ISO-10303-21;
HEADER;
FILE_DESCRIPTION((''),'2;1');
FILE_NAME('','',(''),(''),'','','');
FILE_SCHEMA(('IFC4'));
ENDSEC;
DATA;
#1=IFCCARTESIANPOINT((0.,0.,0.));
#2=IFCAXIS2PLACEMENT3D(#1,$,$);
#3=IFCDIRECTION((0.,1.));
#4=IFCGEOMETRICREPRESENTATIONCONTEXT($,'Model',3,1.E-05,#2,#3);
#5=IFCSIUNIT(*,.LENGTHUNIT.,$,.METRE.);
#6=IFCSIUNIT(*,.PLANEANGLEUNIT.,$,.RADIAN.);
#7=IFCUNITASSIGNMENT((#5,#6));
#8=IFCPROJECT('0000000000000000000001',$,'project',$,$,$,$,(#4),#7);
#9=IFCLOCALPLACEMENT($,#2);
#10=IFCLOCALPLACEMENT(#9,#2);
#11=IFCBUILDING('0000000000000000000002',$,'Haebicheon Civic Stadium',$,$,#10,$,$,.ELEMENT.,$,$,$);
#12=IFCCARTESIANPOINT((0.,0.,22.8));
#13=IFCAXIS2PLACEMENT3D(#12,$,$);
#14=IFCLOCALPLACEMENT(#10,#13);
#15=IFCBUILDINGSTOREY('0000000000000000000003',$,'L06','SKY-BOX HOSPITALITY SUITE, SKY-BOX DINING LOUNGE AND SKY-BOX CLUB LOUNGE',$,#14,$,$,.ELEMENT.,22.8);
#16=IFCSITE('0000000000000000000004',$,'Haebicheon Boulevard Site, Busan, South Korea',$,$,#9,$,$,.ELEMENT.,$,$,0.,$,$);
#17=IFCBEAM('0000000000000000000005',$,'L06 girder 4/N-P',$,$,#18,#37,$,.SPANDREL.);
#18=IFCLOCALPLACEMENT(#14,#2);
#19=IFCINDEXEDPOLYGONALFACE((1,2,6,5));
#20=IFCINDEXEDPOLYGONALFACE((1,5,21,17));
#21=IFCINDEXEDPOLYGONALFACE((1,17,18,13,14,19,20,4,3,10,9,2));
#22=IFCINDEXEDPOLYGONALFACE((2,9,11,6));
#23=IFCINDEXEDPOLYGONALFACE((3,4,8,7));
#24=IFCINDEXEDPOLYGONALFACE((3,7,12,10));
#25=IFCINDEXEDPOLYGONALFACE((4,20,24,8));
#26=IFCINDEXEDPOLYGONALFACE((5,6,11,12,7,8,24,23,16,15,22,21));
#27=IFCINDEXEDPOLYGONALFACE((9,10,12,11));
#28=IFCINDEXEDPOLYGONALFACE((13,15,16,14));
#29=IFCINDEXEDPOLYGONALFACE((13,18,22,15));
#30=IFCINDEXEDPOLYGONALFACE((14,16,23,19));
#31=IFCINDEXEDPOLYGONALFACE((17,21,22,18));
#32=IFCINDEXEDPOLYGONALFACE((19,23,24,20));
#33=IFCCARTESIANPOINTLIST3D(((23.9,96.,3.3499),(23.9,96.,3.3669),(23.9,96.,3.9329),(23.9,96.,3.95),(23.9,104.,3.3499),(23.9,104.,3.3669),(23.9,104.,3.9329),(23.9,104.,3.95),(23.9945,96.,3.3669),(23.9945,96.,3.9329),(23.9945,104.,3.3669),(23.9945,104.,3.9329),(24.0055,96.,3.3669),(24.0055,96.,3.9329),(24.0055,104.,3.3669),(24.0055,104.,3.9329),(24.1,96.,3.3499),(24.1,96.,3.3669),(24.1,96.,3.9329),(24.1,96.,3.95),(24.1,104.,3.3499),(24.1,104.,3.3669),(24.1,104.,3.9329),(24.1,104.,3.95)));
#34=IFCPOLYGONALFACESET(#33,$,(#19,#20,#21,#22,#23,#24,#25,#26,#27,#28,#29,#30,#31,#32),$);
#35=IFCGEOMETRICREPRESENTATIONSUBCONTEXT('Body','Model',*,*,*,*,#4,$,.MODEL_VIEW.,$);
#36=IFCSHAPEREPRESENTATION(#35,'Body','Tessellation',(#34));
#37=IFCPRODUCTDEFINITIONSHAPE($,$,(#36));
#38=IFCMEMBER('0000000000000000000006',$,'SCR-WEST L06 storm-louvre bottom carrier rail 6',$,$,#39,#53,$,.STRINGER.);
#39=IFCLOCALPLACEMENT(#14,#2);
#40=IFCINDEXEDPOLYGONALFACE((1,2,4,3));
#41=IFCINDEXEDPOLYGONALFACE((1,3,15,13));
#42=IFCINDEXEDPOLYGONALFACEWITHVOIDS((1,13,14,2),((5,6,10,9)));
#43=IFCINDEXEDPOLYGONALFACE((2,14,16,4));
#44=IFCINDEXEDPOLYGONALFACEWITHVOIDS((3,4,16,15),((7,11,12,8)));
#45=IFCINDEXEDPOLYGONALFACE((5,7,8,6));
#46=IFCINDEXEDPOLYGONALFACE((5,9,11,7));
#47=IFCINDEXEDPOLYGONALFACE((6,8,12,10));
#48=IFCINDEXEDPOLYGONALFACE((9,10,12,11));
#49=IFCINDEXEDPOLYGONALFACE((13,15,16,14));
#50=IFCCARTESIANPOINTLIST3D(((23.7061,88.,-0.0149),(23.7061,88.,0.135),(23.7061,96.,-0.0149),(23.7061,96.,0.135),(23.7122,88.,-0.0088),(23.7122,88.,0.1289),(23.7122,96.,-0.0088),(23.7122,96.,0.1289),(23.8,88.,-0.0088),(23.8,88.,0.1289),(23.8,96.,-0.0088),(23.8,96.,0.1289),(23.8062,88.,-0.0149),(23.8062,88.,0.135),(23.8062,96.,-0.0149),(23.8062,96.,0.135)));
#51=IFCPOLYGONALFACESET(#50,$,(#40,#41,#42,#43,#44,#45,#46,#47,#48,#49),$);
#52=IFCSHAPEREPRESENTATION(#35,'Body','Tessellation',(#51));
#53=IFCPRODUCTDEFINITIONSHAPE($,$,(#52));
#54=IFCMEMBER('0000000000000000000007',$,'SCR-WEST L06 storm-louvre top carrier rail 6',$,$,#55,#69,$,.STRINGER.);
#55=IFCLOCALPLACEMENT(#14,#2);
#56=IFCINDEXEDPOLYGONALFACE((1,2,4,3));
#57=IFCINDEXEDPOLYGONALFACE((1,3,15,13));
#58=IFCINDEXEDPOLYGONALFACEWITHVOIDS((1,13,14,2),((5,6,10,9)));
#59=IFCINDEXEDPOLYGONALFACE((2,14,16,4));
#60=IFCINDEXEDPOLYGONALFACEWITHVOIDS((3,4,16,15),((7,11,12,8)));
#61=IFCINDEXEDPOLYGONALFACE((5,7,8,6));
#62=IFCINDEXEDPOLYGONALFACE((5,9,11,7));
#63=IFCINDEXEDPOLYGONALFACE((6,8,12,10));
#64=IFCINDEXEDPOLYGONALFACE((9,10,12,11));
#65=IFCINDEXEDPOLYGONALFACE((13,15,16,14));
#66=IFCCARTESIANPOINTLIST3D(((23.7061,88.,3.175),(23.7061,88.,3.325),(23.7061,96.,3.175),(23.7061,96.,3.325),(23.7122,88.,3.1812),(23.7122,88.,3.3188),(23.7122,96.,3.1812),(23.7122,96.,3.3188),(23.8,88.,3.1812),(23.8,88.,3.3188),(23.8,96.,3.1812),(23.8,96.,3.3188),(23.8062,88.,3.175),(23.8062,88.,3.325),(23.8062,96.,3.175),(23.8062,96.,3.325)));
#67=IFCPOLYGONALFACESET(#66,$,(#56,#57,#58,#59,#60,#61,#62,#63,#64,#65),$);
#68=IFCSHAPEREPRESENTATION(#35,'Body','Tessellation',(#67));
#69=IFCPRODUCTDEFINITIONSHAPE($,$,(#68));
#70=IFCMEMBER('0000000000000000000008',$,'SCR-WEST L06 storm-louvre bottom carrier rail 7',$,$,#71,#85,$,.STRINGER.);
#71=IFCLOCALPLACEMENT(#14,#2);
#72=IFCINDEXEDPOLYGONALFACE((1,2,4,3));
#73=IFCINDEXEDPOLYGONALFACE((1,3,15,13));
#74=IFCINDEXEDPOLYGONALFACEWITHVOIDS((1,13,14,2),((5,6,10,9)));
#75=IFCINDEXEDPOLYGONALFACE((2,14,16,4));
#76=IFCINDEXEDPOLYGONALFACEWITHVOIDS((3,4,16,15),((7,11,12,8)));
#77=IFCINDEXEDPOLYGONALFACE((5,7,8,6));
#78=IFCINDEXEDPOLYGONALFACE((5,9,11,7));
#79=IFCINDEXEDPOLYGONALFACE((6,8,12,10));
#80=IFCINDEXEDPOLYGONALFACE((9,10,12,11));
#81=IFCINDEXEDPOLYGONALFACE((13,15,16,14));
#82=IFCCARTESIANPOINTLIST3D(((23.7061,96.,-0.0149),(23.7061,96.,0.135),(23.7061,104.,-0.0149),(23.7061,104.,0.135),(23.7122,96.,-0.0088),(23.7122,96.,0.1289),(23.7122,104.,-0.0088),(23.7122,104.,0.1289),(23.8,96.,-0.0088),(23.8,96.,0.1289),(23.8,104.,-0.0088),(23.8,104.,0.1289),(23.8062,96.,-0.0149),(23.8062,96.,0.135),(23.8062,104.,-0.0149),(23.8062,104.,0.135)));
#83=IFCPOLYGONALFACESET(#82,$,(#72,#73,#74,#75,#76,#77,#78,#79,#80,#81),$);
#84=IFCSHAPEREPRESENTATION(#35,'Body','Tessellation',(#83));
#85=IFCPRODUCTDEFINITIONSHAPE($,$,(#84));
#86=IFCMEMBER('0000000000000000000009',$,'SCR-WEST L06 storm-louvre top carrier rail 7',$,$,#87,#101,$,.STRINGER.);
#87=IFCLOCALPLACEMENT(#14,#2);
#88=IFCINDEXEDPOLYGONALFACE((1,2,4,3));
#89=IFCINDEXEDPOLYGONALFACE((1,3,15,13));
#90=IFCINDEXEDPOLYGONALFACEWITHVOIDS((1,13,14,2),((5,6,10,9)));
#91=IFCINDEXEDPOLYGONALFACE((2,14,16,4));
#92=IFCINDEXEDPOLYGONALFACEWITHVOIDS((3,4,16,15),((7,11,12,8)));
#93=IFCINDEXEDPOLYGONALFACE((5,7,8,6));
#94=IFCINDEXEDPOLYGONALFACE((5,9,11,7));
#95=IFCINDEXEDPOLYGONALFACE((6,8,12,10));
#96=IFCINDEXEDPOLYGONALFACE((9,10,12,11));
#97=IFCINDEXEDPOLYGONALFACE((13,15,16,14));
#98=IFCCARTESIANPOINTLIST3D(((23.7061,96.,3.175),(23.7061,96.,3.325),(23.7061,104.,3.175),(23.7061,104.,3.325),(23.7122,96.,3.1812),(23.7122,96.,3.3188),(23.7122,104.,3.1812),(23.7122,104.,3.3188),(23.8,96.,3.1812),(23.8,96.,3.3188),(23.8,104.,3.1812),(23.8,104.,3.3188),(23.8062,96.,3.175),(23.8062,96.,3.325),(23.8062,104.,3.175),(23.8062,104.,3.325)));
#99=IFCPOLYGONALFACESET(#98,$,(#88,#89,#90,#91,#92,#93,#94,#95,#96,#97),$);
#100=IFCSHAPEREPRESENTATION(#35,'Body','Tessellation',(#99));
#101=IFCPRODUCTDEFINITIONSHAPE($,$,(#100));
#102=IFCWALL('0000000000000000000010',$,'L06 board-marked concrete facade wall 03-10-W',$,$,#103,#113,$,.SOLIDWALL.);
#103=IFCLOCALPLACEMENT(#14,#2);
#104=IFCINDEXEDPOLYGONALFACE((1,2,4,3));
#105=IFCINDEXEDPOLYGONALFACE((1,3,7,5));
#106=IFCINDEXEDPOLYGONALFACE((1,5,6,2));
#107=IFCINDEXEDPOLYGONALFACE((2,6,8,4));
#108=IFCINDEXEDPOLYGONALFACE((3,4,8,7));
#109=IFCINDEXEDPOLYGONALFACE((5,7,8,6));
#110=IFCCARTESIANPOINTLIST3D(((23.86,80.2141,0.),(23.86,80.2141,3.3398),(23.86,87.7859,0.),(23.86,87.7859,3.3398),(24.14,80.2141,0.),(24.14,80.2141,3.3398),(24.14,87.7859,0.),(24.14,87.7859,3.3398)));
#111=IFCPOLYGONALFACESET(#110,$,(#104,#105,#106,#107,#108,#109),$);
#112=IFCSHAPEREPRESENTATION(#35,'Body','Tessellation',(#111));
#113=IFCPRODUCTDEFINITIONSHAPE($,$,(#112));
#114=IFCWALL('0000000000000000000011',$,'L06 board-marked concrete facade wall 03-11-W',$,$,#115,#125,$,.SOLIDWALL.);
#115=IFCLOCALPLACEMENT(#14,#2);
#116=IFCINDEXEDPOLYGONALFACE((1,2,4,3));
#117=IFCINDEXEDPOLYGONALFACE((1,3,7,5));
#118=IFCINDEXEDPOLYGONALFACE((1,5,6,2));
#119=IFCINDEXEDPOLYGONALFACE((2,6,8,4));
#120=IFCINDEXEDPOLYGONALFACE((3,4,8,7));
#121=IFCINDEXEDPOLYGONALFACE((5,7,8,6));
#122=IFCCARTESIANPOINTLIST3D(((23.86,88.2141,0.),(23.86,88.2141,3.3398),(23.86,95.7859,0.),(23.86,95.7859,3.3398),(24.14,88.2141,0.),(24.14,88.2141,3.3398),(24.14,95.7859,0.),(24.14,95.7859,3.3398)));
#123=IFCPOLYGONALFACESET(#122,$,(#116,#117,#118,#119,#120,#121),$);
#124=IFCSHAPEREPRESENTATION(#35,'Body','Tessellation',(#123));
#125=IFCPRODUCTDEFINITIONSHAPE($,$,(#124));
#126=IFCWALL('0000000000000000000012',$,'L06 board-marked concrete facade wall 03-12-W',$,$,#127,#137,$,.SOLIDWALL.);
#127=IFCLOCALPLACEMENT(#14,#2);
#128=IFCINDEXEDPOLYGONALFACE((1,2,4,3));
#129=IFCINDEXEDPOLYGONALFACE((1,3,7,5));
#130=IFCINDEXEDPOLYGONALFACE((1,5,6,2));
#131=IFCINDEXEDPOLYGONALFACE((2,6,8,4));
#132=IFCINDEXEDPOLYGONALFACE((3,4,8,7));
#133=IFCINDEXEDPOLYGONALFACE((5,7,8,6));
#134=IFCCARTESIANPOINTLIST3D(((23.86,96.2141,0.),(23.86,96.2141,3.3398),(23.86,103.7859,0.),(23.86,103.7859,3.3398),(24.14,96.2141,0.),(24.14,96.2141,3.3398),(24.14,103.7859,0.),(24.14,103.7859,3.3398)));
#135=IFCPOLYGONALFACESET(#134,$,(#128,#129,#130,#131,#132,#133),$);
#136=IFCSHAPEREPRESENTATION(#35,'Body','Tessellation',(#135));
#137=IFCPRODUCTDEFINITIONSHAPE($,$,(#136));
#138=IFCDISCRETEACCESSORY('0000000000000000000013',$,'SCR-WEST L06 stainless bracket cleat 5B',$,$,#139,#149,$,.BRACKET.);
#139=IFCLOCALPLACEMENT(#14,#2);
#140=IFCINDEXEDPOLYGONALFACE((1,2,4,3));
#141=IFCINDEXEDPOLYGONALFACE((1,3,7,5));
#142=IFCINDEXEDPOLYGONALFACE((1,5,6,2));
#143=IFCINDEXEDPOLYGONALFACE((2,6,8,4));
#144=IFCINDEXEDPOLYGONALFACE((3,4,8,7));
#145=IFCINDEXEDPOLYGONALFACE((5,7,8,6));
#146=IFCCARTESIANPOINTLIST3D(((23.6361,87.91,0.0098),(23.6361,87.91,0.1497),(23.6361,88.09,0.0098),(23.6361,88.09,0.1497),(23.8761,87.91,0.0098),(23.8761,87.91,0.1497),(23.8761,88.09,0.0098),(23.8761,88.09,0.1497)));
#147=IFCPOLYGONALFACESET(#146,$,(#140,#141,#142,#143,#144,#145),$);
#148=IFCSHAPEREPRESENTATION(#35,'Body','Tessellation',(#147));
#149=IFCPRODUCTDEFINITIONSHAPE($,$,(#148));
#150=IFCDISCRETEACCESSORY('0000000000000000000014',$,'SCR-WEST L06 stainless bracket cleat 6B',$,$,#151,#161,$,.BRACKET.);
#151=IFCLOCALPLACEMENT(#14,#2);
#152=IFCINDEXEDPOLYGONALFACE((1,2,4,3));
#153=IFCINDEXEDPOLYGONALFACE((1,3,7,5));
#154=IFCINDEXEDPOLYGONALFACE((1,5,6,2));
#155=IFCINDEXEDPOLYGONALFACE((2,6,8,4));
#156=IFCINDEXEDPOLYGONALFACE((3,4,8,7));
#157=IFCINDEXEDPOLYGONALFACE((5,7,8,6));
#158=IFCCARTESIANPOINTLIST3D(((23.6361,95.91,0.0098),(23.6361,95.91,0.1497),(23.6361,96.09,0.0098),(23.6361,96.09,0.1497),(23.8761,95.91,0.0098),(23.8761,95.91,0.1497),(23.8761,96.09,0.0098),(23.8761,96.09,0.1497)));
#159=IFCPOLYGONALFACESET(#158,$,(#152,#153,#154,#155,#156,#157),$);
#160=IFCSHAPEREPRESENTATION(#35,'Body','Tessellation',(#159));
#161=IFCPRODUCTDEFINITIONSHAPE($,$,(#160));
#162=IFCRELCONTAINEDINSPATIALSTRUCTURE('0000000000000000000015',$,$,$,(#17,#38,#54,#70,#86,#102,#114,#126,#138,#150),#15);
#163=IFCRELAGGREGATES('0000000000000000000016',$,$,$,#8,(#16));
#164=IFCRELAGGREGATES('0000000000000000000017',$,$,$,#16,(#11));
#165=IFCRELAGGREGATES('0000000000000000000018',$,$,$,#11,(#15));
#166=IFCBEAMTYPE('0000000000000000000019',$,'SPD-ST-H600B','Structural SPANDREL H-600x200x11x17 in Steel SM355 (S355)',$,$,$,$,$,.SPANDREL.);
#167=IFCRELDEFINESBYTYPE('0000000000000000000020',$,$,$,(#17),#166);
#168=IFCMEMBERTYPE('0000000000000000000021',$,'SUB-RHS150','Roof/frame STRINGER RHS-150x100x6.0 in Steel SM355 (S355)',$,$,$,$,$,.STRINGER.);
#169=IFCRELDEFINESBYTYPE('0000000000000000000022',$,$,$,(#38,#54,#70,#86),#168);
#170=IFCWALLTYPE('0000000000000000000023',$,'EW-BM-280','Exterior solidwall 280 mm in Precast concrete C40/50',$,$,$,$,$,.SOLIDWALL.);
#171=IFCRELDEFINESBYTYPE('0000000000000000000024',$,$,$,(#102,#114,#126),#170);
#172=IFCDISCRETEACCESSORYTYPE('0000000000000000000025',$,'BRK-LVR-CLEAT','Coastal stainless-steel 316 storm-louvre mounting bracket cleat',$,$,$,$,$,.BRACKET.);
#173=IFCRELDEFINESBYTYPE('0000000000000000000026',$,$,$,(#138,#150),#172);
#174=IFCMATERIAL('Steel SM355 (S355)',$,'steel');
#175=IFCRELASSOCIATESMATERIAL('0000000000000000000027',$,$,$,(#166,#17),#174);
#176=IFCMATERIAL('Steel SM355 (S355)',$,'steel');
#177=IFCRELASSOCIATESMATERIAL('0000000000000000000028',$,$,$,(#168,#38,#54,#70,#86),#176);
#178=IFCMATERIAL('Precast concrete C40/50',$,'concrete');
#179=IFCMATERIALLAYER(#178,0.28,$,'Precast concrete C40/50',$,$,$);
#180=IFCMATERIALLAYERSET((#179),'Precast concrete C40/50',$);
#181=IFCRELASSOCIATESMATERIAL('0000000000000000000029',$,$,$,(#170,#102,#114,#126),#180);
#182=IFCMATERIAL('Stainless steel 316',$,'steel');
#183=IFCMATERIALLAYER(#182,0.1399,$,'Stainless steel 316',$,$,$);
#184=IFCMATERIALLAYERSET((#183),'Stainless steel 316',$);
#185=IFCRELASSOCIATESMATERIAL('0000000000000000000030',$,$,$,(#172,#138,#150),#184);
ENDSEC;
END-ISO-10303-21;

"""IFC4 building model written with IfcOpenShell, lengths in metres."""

from ifc_helpers import new_model, si_unit, direction, frame, frame_2d, origin, origin_2d, place, context, subcontext, project, spatial, rectangle, hollow_rectangle, i_section, extrude, material, layer, layer_set, material_profile, profile_set, type_object, element, save


model = new_model("IFC4")

# Units and contexts
model_context = context("Model", 3, precision=1e-05, world=origin(), true_north=direction((0.0, 1.0)))
body_context = subcontext(model_context, "Body", "Model", "MODEL_VIEW")
ifc_project = project(units=[si_unit("LENGTHUNIT", "METRE"), si_unit("PLANEANGLEUNIT", "RADIAN")], contexts=[model_context])

# Site, building, storey
site_placement = place(None, origin())
site = spatial("IfcSite", under=ifc_project, at=site_placement, Name="Haebicheon Boulevard Site, Busan, South Korea", CompositionType="ELEMENT", RefElevation=0.0)
building_placement = place(site_placement, origin())
building = spatial("IfcBuilding", under=site, at=building_placement, Name="Haebicheon Civic Stadium", CompositionType="ELEMENT")
storey_placement = place(building_placement, frame((0.0, 0.0, 22.8)))
storey = spatial("IfcBuildingStorey", under=building, at=storey_placement, Name="L06", Description="SKY-BOX HOSPITALITY SUITE, SKY-BOX DINING LOUNGE AND SKY-BOX CLUB LOUNGE", CompositionType="ELEMENT", Elevation=22.8)

# Beam
ifc_material_1 = material(Name="Steel SM355 (S355)", Category="steel")
ifc_material_profile_1 = material_profile(ifc_material_1, i_section(OverallWidth=0.2, OverallDepth=0.6001, WebThickness=0.011, FlangeThickness=0.0171, at=origin_2d()), Name="H-600x200x11x17")
ifc_profile_set_1 = profile_set([ifc_material_profile_1], Name="Steel SM355 (S355)")
beam_type_1 = type_object("IfcBeamType", Name="SPD-ST-H600B", Description="Structural SPANDREL H-600x200x11x17 in Steel SM355 (S355)", PredefinedType="SPANDREL", material=ifc_profile_set_1)
for number, where, z_axis, x_axis, name in (
    (1, (24.0, 96.0, 3.6499), (0.0, 1.0, 0.0), (-1.0, 0.0, 0.0), "L06 girder 4/N-P"),
):
    element("IfcBeam", number, at=place(storey_placement, frame(where, z_axis=z_axis, x_axis=x_axis)), inside=storey, type_object=beam_type_1, material=ifc_profile_set_1, Name=name, PredefinedType="SPANDREL", context=body_context, shape_type="SweptSolid", body=[
        extrude(i_section(OverallWidth=0.2, OverallDepth=0.6001, WebThickness=0.011, FlangeThickness=0.0171, at=origin_2d()), origin(), (0.0, 0.0, 1.0), 8.0),
    ])

# Members
ifc_material_2 = material(Name="Steel SM355 (S355)", Category="steel")
ifc_material_profile_2 = material_profile(ifc_material_2, hollow_rectangle(XDim=0.1001, YDim=0.1499, WallThickness=0.0061, at=origin_2d()), Name="RHS-150x100x6.0")
ifc_profile_set_2 = profile_set([ifc_material_profile_2], Name="Steel SM355 (S355)")
member_type_1 = type_object("IfcMemberType", Name="SUB-RHS150", Description="Roof/frame STRINGER RHS-150x100x6.0 in Steel SM355 (S355)", PredefinedType="STRINGER", material=ifc_profile_set_2)
for number, where, z_axis, x_axis, name in (
    (2, (23.7561, 88.0, 0.0601), (0.0, 1.0, 0.0), (-1.0, 0.0, 0.0), "SCR-WEST L06 storm-louvre bottom carrier rail 6"),
    (3, (23.7561, 88.0, 3.25), (0.0, 1.0, 0.0), (-1.0, 0.0, 0.0), "SCR-WEST L06 storm-louvre top carrier rail 6"),
    (4, (23.7561, 96.0, 0.0601), (0.0, 1.0, 0.0), (-1.0, 0.0, 0.0), "SCR-WEST L06 storm-louvre bottom carrier rail 7"),
    (5, (23.7561, 96.0, 3.25), (0.0, 1.0, 0.0), (-1.0, 0.0, 0.0), "SCR-WEST L06 storm-louvre top carrier rail 7"),
):
    element("IfcMember", number, at=place(storey_placement, frame(where, z_axis=z_axis, x_axis=x_axis)), inside=storey, type_object=member_type_1, material=ifc_profile_set_2, Name=name, PredefinedType="STRINGER", context=body_context, shape_type="SweptSolid", body=[
        extrude(hollow_rectangle(XDim=0.1001, YDim=0.1499, WallThickness=0.0061, at=origin_2d()), origin(), (0.0, 0.0, 1.0), 8.0),
    ])

# Walls
ifc_material_3 = material(Name="Precast concrete C40/50", Category="concrete")
ifc_layer_1 = layer(ifc_material_3, 0.28, Name="Precast concrete C40/50")
ifc_layer_set_1 = layer_set([ifc_layer_1], Name="Precast concrete C40/50")
wall_type = type_object("IfcWallType", Name="EW-BM-280", Description="Exterior solidwall 280 mm in Precast concrete C40/50", PredefinedType="SOLIDWALL", material=ifc_layer_set_1)
for number, where, z_axis, x_axis, name in (
    (6, (24.0, 80.2141, 0.0), (0.0, 0.0, 1.0), (0.0, 1.0, 0.0), "L06 board-marked concrete facade wall 03-10-W"),
    (7, (24.0, 88.2141, 0.0), (0.0, 0.0, 1.0), (0.0, 1.0, 0.0), "L06 board-marked concrete facade wall 03-11-W"),
    (8, (24.0, 96.2141, 0.0), (0.0, 0.0, 1.0), (0.0, 1.0, 0.0), "L06 board-marked concrete facade wall 03-12-W"),
):
    element("IfcWall", number, at=place(storey_placement, frame(where, z_axis=z_axis, x_axis=x_axis)), inside=storey, type_object=wall_type, material=ifc_layer_set_1, Name=name, PredefinedType="SOLIDWALL", context=body_context, shape_type="SweptSolid", body=[
        extrude(rectangle(XDim=7.5718, YDim=0.28, at=frame_2d((3.7859, 0.0))), origin(), (0.0, 0.0, 1.0), 3.3398),
    ])

# Discrete accessories
ifc_material_4 = material(Name="Stainless steel 316", Category="steel")
ifc_layer_2 = layer(ifc_material_4, 0.1399, Name="Stainless steel 316")
ifc_layer_set_2 = layer_set([ifc_layer_2], Name="Stainless steel 316")
discrete_accessory_type = type_object("IfcDiscreteAccessoryType", Name="BRK-LVR-CLEAT", Description="Coastal stainless-steel 316 storm-louvre mounting bracket cleat", PredefinedType="BRACKET", material=ifc_layer_set_2)
for number, where, z_axis, x_axis, name in (
    (9, (23.7561, 88.0, 0.0098), (0.0, 0.0, 1.0), (1.0, 0.0, 0.0), "SCR-WEST L06 stainless bracket cleat 5B"),
    (10, (23.7561, 96.0, 0.0098), (0.0, 0.0, 1.0), (1.0, 0.0, 0.0), "SCR-WEST L06 stainless bracket cleat 6B"),
):
    element("IfcDiscreteAccessory", number, at=place(storey_placement, frame(where, z_axis=z_axis, x_axis=x_axis)), inside=storey, type_object=discrete_accessory_type, material=ifc_layer_set_2, Name=name, PredefinedType="BRACKET", context=body_context, shape_type="SweptSolid", body=[
        extrude(rectangle(XDim=0.24, YDim=0.1799, at=origin_2d()), origin(), (0.0, 0.0, 1.0), 0.1399),
    ])

save(model, "model.ifc")
